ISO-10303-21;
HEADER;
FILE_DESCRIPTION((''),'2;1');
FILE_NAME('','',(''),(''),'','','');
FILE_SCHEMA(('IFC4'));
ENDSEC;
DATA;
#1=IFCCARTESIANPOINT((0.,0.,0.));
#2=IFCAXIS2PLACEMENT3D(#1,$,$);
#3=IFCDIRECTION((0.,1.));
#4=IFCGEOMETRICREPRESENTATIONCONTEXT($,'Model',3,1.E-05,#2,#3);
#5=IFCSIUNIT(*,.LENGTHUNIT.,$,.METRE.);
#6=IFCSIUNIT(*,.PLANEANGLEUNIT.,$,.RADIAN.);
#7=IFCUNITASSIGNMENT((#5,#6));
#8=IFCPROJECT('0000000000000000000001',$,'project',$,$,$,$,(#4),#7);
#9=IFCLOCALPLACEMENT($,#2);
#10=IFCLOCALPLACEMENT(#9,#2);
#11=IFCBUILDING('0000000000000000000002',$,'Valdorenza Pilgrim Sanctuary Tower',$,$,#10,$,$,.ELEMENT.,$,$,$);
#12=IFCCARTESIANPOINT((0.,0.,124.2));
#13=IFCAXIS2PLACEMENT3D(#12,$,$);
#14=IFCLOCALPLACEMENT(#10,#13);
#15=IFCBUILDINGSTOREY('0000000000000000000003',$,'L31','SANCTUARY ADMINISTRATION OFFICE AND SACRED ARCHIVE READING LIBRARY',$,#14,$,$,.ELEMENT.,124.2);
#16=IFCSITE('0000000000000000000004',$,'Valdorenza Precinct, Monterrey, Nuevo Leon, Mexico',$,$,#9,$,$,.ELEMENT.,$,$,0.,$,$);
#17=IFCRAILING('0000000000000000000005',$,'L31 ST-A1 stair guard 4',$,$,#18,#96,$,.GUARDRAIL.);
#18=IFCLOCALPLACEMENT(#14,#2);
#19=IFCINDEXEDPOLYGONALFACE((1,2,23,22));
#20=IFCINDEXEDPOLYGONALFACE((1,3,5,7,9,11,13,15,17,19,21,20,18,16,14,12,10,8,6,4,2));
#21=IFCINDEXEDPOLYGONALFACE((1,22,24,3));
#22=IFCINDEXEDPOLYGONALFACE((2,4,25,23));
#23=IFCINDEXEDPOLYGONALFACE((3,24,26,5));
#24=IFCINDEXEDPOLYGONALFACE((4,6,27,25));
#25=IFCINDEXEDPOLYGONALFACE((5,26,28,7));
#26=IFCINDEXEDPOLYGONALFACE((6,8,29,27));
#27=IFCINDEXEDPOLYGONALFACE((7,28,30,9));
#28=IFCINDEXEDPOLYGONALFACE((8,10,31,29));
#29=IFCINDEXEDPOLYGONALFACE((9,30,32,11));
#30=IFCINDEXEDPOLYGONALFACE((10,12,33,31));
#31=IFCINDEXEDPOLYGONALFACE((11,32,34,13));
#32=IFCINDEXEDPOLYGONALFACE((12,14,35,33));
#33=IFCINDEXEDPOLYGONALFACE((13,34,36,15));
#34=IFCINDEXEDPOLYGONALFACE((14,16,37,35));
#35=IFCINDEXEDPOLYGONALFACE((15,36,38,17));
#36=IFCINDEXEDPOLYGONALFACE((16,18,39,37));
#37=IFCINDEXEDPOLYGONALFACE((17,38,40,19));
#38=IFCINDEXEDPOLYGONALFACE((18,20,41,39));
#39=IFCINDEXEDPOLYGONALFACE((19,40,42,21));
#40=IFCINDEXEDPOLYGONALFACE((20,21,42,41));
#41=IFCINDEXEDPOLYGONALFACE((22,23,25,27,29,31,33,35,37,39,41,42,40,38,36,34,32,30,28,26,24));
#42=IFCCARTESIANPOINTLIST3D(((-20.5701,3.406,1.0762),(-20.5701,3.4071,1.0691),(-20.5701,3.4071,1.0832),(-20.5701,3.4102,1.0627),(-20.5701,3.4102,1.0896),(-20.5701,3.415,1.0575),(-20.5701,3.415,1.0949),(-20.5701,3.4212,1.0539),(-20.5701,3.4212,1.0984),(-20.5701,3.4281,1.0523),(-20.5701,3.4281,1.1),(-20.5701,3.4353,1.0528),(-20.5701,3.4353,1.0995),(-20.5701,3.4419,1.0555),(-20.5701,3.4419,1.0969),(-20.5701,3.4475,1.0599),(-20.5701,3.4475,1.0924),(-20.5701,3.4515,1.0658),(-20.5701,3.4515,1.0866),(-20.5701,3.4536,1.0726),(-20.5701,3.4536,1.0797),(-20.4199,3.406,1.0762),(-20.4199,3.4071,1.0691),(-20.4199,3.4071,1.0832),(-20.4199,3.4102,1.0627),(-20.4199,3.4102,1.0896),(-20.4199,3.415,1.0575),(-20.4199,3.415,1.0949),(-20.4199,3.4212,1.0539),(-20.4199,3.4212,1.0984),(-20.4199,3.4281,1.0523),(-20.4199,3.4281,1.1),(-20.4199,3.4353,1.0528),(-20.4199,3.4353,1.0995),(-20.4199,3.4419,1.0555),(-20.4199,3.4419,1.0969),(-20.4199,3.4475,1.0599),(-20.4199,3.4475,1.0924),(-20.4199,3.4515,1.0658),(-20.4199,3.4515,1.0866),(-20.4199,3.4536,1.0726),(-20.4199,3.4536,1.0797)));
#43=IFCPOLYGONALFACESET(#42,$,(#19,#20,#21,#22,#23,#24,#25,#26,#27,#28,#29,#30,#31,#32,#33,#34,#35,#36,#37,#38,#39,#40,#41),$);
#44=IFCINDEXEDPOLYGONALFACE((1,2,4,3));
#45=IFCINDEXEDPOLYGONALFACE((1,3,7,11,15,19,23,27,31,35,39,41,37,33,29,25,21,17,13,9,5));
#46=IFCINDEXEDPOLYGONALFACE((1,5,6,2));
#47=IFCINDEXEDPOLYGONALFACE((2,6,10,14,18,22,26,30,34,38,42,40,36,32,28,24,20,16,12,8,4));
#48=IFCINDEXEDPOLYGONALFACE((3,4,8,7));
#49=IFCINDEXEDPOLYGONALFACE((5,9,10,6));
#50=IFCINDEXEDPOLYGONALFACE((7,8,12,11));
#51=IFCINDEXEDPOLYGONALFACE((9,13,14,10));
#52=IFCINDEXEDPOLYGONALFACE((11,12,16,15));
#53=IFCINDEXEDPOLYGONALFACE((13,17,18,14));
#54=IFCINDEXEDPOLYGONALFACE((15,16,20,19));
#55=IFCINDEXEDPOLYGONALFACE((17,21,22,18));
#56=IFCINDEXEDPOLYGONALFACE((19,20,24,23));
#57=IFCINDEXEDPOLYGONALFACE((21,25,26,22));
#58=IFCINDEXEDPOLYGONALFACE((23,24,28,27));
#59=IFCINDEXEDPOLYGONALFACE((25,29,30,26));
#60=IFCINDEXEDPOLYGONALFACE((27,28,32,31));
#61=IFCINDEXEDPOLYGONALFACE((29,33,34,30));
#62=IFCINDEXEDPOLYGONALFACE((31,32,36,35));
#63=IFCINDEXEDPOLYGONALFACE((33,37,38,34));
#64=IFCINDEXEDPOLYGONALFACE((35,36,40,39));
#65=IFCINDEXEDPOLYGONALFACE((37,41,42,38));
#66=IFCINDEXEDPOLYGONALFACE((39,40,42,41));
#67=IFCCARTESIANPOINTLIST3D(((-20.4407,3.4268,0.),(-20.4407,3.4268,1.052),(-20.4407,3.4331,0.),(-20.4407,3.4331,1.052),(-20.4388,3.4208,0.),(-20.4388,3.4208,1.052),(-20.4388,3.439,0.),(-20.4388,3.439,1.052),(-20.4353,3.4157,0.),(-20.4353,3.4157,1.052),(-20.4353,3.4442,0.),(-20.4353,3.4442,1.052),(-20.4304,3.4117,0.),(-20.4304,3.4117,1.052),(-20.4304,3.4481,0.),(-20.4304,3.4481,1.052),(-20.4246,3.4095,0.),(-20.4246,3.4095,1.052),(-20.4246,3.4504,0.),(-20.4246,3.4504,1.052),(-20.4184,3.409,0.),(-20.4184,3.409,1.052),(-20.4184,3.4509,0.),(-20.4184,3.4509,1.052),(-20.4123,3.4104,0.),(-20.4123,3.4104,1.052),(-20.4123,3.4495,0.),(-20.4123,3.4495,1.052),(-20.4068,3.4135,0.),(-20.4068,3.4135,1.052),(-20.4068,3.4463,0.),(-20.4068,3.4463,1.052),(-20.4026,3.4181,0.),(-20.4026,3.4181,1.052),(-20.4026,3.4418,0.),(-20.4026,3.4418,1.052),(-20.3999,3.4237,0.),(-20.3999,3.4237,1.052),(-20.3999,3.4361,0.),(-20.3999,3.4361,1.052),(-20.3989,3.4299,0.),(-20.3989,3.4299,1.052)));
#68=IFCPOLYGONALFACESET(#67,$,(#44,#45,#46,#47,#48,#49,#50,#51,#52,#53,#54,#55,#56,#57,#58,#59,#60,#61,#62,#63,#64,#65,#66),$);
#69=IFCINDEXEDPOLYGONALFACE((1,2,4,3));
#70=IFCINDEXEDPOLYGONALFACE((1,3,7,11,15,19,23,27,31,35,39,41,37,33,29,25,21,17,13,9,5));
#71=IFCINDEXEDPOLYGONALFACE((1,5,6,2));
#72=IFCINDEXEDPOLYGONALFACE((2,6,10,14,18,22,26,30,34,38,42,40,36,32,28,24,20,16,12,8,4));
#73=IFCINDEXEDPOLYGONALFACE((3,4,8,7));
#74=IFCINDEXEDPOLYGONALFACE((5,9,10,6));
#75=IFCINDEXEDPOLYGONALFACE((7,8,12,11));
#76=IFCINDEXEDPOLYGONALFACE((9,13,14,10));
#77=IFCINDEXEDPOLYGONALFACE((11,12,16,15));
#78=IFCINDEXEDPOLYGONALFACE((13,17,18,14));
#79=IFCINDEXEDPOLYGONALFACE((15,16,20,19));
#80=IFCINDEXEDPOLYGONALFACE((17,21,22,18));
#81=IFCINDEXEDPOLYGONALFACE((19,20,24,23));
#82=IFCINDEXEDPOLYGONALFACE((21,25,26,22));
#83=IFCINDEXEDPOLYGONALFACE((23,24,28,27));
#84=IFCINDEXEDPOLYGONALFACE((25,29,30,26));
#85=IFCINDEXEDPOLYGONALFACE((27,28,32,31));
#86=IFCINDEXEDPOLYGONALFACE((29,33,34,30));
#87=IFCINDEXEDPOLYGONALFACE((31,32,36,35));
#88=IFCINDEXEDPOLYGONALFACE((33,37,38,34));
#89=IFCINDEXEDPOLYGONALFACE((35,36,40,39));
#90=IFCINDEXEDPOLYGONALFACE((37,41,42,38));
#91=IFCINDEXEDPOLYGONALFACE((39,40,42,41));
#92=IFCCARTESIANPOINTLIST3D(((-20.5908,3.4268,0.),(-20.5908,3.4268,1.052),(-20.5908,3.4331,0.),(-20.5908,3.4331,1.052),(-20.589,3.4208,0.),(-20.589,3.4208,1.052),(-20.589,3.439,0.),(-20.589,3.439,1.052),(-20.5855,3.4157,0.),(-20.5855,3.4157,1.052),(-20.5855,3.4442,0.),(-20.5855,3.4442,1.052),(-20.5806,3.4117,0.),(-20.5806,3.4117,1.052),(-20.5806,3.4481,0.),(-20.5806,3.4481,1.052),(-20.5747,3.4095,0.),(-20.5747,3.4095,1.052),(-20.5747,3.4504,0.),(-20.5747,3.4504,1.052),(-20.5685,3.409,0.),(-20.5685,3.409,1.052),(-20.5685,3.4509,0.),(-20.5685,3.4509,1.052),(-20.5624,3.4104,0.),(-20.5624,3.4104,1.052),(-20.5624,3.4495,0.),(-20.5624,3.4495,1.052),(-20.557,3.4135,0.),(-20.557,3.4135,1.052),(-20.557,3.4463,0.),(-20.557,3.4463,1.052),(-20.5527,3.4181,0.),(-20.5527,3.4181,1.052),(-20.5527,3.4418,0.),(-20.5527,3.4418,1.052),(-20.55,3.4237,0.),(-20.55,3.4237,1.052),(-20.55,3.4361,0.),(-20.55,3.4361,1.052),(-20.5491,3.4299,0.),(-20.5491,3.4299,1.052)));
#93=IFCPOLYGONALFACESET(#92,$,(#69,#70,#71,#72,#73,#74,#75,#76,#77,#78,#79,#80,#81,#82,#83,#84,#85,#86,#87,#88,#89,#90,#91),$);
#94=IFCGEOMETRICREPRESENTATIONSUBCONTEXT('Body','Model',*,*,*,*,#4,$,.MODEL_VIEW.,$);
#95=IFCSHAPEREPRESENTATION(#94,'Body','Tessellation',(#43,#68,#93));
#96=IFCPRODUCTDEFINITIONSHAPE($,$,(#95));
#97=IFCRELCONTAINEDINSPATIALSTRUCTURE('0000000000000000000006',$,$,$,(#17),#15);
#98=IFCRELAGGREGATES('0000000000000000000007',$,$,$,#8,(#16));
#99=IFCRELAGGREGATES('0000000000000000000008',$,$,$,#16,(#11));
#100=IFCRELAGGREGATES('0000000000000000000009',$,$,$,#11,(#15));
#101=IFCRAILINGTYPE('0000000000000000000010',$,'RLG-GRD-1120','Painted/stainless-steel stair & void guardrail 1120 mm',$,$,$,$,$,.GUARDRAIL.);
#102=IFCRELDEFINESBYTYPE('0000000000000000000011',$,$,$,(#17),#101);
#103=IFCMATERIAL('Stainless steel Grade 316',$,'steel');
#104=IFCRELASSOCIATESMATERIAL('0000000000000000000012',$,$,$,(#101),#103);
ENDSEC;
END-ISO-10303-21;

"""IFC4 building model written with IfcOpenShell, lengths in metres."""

from ifc_helpers import new_model, si_unit, direction, frame, origin, origin_2d, place, context, subcontext, project, spatial, circle, extrude, material, type_object, element, save


model = new_model("IFC4")

# Units and contexts
model_context = context("Model", 3, precision=1e-05, world=origin(), true_north=direction((0.0, 1.0)))
body_context = subcontext(model_context, "Body", "Model", "MODEL_VIEW")
ifc_project = project(units=[si_unit("LENGTHUNIT", "METRE"), si_unit("PLANEANGLEUNIT", "RADIAN")], contexts=[model_context])

# Site, building, storey
site_placement = place(None, origin())
site = spatial("IfcSite", under=ifc_project, at=site_placement, Name="Valdorenza Precinct, Monterrey, Nuevo Leon, Mexico", CompositionType="ELEMENT", RefElevation=0.0)
building_placement = place(site_placement, origin())
building = spatial("IfcBuilding", under=site, at=building_placement, Name="Valdorenza Pilgrim Sanctuary Tower", CompositionType="ELEMENT")
storey_placement = place(building_placement, frame((0.0, 0.0, 124.2)))
storey = spatial("IfcBuildingStorey", under=building, at=storey_placement, Name="L31", Description="SANCTUARY ADMINISTRATION OFFICE AND SACRED ARCHIVE READING LIBRARY", CompositionType="ELEMENT", Elevation=124.2)

# Railing
ifc_material_1 = material(Name="Stainless steel Grade 316", Category="steel")
railing_type_1 = type_object("IfcRailingType", Name="RLG-GRD-1120", Description="Painted/stainless-steel stair & void guardrail 1120 mm", PredefinedType="GUARDRAIL", material=ifc_material_1)
railing_1_placement = place(storey_placement, frame((-20.4199, 3.4299, 0.0)))
element("IfcRailing", 1, at=railing_1_placement, inside=storey, type_object=railing_type_1, Name="L31 ST-A1 stair guard 4", PredefinedType="GUARDRAIL", context=body_context, shape_type="SweptSolid", body=[
    extrude(circle(Radius=0.0239, at=origin_2d()), frame((0.0, 0.0, 1.0762), z_axis=(-1.0, 0.0, 0.0), x_axis=(0.0, -1.0, 0.0)), (0.0, 0.0, 1.0), 0.1501),
    extrude(circle(Radius=0.021, at=origin_2d()), origin(), (0.0, 0.0, 1.0), 1.052),
    extrude(circle(Radius=0.021, at=origin_2d()), frame((-0.1501, 0.0, 0.0)), (0.0, 0.0, 1.0), 1.052),
])

save(model, "model.ifc")
